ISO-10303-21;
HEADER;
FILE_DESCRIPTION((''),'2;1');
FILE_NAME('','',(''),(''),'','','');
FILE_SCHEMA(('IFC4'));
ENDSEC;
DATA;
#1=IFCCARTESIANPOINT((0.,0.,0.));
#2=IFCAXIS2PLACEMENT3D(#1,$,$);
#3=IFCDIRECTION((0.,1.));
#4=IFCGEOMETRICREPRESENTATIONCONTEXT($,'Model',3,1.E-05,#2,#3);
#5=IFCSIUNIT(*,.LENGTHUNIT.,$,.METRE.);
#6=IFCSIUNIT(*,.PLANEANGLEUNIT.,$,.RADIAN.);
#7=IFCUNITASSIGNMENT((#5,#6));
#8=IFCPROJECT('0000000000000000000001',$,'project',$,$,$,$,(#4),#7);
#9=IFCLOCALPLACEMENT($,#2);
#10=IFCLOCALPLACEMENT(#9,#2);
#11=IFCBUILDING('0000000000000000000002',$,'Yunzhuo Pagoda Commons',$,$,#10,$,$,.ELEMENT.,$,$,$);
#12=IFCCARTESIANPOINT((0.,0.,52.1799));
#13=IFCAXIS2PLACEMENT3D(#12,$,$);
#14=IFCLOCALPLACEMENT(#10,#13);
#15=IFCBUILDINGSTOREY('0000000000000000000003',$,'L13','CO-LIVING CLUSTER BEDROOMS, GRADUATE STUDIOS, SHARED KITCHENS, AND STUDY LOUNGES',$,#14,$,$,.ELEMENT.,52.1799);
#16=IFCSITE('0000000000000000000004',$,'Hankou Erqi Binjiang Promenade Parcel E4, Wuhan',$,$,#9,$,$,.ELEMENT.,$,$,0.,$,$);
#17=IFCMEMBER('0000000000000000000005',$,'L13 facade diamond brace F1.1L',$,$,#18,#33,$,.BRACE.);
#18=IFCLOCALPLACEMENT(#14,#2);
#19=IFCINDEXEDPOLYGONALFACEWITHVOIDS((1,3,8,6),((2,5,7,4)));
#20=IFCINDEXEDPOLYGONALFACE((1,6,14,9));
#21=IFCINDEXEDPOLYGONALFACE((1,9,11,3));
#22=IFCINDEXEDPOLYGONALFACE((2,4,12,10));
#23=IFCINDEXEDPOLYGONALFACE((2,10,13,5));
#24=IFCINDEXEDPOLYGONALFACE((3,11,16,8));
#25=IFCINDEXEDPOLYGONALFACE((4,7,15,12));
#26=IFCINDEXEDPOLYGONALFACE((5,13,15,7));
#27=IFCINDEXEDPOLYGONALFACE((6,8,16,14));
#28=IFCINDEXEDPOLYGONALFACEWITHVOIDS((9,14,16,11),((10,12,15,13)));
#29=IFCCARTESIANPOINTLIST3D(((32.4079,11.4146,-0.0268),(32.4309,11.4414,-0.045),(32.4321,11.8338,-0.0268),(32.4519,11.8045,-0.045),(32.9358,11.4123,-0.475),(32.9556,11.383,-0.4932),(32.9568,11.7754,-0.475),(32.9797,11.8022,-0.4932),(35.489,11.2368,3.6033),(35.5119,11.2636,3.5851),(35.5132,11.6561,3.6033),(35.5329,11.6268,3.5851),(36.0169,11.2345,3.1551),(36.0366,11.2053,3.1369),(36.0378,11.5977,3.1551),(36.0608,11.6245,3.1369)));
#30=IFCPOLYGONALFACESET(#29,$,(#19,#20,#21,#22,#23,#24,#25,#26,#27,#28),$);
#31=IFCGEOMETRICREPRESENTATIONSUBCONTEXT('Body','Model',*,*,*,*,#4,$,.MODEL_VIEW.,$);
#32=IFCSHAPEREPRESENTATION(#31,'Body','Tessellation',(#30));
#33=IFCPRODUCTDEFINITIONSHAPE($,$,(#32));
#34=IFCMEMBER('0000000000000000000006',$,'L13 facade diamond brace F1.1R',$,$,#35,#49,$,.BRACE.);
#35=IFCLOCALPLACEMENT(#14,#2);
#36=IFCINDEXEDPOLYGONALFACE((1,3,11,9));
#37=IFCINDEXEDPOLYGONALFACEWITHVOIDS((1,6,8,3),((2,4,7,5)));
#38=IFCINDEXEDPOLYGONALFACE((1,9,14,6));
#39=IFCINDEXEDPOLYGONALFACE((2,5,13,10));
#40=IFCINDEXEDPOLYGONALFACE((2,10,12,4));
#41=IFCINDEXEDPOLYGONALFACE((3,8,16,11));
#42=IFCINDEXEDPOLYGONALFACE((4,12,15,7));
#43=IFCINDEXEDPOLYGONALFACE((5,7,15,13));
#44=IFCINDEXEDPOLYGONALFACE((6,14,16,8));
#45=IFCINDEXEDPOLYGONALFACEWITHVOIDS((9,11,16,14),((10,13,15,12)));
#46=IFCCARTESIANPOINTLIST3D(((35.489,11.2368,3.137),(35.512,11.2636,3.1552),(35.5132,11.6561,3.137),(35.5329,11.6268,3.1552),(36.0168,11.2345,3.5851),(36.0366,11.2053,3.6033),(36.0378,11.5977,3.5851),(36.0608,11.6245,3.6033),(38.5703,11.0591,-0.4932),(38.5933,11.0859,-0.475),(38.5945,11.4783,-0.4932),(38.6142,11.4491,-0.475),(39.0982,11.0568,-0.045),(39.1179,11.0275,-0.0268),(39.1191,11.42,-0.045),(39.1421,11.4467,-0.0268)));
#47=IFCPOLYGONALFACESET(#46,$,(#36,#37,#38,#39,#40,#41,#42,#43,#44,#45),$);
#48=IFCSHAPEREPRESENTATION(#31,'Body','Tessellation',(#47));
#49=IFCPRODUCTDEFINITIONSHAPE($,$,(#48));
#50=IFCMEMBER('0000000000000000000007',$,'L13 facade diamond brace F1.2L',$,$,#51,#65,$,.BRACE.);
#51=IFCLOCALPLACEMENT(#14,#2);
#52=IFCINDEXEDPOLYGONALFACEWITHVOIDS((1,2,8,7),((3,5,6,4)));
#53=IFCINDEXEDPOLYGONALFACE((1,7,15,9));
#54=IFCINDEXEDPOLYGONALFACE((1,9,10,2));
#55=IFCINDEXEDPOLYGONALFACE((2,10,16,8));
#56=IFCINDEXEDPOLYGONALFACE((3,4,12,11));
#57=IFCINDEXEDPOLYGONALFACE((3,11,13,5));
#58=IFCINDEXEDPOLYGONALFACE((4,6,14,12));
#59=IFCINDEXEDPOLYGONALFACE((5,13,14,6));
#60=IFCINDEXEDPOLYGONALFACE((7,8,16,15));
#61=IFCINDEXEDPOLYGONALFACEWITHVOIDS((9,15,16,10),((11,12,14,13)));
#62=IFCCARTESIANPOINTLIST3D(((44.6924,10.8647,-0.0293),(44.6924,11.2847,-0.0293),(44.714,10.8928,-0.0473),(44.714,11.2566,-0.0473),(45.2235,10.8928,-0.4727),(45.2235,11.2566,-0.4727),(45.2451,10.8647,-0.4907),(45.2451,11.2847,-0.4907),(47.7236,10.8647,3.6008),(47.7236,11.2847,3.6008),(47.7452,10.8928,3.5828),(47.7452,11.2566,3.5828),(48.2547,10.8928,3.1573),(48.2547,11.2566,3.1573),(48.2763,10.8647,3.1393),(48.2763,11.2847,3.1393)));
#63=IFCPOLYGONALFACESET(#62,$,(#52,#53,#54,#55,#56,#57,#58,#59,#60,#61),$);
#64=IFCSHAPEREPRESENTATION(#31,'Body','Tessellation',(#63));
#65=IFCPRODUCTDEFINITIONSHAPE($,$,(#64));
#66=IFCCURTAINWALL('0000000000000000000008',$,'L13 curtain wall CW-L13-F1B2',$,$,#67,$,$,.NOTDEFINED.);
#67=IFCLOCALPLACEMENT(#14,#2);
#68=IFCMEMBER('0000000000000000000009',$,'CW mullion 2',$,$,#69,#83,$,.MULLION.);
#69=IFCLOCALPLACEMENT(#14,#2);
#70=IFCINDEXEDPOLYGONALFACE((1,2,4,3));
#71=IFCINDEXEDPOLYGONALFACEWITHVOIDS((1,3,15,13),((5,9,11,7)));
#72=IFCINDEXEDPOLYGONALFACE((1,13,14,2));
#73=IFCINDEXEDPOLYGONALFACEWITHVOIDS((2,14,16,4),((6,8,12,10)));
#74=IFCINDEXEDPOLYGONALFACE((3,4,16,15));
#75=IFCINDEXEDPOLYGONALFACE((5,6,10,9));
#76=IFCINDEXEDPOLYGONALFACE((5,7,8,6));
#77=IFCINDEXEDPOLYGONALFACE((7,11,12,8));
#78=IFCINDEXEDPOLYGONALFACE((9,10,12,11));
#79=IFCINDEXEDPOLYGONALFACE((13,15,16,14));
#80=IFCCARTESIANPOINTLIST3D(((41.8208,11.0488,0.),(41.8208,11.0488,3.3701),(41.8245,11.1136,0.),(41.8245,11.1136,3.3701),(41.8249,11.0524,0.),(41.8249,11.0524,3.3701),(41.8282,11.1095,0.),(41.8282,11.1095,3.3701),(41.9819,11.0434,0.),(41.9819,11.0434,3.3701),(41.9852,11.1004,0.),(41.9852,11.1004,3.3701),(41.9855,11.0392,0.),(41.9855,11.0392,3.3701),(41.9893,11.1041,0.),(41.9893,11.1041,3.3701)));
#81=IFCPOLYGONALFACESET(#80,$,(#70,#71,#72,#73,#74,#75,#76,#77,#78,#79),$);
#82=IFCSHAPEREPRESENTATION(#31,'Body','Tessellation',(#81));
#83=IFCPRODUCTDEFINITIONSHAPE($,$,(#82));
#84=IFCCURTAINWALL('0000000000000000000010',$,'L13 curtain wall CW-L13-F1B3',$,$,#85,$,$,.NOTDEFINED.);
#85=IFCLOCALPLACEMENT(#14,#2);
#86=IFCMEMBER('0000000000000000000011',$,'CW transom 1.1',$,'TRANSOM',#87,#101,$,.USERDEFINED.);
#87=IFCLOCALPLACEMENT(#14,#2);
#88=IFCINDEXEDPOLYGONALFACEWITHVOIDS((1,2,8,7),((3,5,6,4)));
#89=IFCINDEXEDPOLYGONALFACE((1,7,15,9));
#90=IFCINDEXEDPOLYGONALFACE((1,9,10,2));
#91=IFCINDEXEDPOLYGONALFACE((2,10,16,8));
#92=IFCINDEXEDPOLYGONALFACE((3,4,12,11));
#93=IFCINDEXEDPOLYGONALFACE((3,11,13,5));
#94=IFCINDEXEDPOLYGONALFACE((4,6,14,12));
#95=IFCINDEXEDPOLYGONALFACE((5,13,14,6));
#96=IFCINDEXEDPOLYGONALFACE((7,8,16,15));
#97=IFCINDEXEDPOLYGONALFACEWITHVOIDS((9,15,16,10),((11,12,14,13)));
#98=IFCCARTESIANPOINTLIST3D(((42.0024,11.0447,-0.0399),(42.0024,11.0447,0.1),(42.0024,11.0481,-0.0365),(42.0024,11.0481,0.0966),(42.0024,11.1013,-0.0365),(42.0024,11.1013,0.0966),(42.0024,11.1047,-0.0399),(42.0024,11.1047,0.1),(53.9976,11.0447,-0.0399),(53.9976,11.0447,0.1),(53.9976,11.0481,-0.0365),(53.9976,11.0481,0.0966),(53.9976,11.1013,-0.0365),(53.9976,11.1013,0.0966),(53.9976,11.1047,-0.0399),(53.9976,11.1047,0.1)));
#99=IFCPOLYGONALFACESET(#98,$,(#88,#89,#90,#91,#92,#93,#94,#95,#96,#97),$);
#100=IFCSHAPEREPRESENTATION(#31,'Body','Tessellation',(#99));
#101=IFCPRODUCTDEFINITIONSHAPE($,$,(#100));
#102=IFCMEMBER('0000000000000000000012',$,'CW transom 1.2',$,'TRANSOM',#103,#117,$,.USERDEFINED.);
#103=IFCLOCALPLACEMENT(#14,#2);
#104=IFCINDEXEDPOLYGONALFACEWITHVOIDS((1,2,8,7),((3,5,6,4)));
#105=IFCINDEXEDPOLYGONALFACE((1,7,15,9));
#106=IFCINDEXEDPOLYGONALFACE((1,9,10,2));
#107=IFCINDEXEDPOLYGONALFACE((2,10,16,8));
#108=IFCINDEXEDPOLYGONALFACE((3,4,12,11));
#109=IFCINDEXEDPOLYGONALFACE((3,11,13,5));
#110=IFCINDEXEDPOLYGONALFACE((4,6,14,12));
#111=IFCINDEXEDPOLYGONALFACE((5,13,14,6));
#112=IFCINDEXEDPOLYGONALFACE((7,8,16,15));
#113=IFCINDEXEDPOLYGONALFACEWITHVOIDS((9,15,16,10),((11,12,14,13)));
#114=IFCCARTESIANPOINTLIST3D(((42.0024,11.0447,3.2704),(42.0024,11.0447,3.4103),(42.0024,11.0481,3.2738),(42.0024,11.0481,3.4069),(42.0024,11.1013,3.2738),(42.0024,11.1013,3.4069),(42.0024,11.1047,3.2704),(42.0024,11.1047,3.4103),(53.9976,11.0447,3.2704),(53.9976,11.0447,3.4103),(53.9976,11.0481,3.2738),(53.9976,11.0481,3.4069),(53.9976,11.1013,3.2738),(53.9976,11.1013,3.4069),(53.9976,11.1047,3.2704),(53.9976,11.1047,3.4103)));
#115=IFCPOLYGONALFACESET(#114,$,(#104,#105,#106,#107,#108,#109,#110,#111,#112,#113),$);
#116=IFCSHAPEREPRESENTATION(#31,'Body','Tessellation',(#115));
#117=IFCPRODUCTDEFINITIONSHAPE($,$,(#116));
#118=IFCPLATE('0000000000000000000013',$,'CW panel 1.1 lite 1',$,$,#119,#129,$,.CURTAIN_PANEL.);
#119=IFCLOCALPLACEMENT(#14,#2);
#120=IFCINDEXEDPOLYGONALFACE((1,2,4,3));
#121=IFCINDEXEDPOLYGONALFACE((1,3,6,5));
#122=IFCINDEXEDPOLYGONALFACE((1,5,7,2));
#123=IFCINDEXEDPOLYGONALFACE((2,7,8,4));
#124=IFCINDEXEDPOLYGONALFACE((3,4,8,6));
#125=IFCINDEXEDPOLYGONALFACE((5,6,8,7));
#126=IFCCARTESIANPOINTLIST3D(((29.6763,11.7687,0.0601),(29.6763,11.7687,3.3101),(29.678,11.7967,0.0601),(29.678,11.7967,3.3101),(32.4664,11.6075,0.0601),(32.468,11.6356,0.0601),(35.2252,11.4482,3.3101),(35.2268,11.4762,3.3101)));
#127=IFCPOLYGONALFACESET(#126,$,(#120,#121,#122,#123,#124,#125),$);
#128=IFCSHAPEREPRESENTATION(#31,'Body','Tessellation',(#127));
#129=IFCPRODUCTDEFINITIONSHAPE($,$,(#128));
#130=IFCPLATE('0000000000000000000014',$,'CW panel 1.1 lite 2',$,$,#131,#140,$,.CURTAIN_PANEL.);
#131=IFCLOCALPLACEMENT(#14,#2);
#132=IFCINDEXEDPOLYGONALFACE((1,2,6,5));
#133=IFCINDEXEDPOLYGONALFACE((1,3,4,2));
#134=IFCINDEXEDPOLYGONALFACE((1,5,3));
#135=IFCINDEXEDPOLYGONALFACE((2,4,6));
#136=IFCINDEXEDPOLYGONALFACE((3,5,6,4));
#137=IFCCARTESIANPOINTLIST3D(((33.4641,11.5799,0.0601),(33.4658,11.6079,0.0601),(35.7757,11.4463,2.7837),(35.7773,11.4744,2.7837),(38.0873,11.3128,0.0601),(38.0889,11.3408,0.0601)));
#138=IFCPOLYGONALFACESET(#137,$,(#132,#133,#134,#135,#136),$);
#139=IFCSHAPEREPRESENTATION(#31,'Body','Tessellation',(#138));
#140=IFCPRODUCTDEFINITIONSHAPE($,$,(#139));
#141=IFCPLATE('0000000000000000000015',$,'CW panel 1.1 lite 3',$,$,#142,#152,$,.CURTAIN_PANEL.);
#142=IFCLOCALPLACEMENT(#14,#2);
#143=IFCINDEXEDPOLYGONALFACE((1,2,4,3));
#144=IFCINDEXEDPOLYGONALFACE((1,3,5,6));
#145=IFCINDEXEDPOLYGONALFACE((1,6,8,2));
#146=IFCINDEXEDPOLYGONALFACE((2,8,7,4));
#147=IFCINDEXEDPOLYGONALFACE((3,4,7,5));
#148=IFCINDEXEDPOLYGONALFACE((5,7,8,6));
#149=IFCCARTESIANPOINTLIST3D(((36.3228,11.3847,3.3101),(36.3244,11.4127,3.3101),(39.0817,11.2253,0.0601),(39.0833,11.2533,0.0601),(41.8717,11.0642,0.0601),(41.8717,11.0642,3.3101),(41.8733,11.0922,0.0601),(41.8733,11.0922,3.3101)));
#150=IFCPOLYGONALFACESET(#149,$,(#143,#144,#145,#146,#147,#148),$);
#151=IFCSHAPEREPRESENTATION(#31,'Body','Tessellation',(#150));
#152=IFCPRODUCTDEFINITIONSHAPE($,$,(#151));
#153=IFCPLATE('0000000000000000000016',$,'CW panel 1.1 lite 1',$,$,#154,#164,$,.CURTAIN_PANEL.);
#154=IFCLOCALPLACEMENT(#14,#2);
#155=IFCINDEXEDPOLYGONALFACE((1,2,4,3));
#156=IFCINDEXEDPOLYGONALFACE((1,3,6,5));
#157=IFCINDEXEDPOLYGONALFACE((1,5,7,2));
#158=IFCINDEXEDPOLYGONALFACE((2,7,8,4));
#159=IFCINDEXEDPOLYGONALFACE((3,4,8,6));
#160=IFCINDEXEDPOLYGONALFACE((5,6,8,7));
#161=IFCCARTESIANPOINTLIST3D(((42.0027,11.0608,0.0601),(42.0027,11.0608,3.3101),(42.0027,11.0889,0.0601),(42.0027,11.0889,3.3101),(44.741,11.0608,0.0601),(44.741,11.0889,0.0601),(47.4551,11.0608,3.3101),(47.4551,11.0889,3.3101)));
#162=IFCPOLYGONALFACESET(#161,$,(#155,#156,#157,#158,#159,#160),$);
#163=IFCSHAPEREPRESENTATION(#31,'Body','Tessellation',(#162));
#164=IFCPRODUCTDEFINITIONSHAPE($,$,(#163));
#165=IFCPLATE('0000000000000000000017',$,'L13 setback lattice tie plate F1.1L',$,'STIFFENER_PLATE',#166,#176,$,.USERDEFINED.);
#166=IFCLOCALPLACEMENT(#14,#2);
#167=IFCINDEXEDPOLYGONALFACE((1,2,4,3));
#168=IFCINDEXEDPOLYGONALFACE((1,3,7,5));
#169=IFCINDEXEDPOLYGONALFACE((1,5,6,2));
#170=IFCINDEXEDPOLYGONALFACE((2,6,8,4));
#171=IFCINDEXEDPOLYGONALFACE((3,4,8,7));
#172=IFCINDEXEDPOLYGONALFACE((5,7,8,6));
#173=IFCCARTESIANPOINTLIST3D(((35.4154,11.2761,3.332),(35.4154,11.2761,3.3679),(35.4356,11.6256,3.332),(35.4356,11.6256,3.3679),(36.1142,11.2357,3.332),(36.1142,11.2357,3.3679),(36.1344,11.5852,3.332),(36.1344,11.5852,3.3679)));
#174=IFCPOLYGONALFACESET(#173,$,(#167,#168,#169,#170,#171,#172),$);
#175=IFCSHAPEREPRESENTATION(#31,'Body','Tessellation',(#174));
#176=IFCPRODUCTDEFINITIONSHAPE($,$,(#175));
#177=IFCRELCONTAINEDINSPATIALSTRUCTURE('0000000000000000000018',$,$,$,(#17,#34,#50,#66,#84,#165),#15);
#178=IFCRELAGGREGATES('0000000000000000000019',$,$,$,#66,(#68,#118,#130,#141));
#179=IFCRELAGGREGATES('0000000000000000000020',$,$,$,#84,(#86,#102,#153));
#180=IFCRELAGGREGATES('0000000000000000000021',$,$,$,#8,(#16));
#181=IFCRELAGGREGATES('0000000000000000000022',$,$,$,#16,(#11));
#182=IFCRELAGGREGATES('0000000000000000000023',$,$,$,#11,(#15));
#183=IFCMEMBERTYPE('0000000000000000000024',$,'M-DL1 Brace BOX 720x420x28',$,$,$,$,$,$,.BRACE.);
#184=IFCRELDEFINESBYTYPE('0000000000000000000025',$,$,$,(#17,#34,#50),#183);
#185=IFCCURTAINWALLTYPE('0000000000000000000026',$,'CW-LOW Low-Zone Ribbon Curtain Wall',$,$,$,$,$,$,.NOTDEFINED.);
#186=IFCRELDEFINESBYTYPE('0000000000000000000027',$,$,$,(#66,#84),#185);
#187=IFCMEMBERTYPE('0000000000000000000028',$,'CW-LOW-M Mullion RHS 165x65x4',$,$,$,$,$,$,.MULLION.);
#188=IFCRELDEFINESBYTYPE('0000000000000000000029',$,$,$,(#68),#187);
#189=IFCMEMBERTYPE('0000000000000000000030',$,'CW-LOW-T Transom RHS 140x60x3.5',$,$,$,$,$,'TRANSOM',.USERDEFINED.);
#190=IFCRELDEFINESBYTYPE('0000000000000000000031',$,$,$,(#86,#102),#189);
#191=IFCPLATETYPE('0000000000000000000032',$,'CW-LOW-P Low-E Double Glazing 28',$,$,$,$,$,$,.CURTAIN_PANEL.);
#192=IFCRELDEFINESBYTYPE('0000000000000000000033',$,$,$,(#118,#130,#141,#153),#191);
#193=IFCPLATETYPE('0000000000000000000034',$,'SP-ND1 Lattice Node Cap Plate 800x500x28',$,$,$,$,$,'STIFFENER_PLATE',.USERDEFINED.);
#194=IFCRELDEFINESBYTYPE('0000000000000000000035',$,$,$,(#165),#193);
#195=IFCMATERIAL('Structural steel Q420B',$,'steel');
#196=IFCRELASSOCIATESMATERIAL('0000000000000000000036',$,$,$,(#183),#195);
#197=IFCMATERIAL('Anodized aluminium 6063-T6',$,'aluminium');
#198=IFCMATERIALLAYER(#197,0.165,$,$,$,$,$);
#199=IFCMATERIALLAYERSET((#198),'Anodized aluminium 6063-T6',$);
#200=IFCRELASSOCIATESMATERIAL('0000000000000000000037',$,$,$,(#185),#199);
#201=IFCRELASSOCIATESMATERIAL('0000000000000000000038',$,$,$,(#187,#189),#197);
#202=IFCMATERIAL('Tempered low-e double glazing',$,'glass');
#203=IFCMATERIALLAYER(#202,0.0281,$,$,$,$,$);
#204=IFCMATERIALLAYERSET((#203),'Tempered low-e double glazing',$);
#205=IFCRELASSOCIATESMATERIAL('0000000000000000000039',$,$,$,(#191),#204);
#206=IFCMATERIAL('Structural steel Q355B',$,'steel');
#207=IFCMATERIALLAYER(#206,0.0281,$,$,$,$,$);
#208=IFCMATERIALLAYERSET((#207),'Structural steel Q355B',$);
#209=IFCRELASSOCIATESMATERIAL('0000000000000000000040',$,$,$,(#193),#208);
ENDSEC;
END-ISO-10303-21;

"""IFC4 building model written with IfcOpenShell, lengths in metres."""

from ifc_helpers import new_model, si_unit, direction, frame, origin, origin_2d, place, context, subcontext, project, spatial, polyline, rectangle, hollow_rectangle, outline, extrude, source, transform, mapped, material, layer, layer_set, material_profile, profile_set, type_object, element, aggregate, save


model = new_model("IFC4")

# Units and contexts
model_context = context("Model", 3, precision=1e-05, world=origin(), true_north=direction((0.0, 1.0)))
body_context = subcontext(model_context, "Body", "Model", "MODEL_VIEW")
ifc_project = project(units=[si_unit("LENGTHUNIT", "METRE"), si_unit("PLANEANGLEUNIT", "RADIAN")], contexts=[model_context])

# Site, building, storey
site_placement = place(None, origin())
site = spatial("IfcSite", under=ifc_project, at=site_placement, Name="Hankou Erqi Binjiang Promenade Parcel E4, Wuhan", CompositionType="ELEMENT", RefElevation=0.0)
building_placement = place(site_placement, origin())
building = spatial("IfcBuilding", under=site, at=building_placement, Name="Yunzhuo Pagoda Commons", CompositionType="ELEMENT")
storey_placement = place(building_placement, frame((0.0, 0.0, 52.1799)))
storey = spatial("IfcBuildingStorey", under=building, at=storey_placement, Name="L13", Description="CO-LIVING CLUSTER BEDROOMS, GRADUATE STUDIOS, SHARED KITCHENS, AND STUDY LOUNGES", CompositionType="ELEMENT", Elevation=52.1799)

# Shared definitions
ifc_material_1 = material(Name="Structural steel Q420B", Category="steel")

# Shared definitions
ifc_material_2 = material(Name="Structural steel Q355B", Category="steel")

# Members
ifc_material_profile_1 = material_profile(ifc_material_1, hollow_rectangle(XDim=0.4199, YDim=0.72, WallThickness=0.0281, at=origin_2d()), Name="Structural steel Q420B")
ifc_profile_set_1 = profile_set([ifc_material_profile_1], Name="Structural steel Q420B")
member_type_1 = type_object("IfcMemberType", Name="M-DL1 Brace BOX 720x420x28", PredefinedType="BRACE", material=ifc_profile_set_1)
shared_shape_1 = source(origin(), body_context, "Body", "SweptSolid", [
    extrude(hollow_rectangle(XDim=0.4199, YDim=0.72, WallThickness=0.0281, at=origin_2d()), origin(), (0.0, 0.0, 1.0), 4.7646),
])
member_1_placement = place(storey_placement, frame((32.6938, 11.6084, -0.26), z_axis=(0.646643, -0.037302, 0.76188), x_axis=(0.05759, 0.99834, 0.0)))
element("IfcMember", 1, at=member_1_placement, inside=storey, type_object=member_type_1, Name="L13 facade diamond brace F1.1L", PredefinedType="BRACE", context=body_context, shape_type="MappedRepresentation", body=[
    mapped(shared_shape_1, transform((0.0, 0.0, 0.0), scale=1.0)),
])
shared_shape_2 = source(origin(), body_context, "Body", "SweptSolid", [
    extrude(hollow_rectangle(XDim=0.4199, YDim=0.72, WallThickness=0.0281, at=origin_2d()), origin(), (0.0, 0.0, 1.0), 4.7649),
])
member_2_placement = place(storey_placement, frame((38.8562, 11.2529, -0.26), z_axis=(-0.646673, 0.037301, 0.761855), x_axis=(-0.057586, -0.998341, 0.0)))
element("IfcMember", 2, at=member_2_placement, inside=storey, type_object=member_type_1, Name="L13 facade diamond brace F1.1R", PredefinedType="BRACE", context=body_context, shape_type="MappedRepresentation", body=[
    mapped(shared_shape_2, transform((0.0, 0.0, 0.0), scale=1.0)),
])
shared_shape_3 = source(origin(), body_context, "Body", "SweptSolid", [
    extrude(hollow_rectangle(XDim=0.4199, YDim=0.72, WallThickness=0.0281, at=origin_2d()), origin(), (0.0, 0.0, 1.0), 4.7292),
])
member_3_placement = place(storey_placement, frame((44.9688, 11.0747, -0.26), z_axis=(0.640951, 0.0, 0.767582), x_axis=(0.0, 1.0, 0.0)))
element("IfcMember", 3, at=member_3_placement, inside=storey, type_object=member_type_1, Name="L13 facade diamond brace F1.2L", PredefinedType="BRACE", context=body_context, shape_type="MappedRepresentation", body=[
    mapped(shared_shape_3, transform((0.0, 0.0, 0.0), scale=1.0)),
])

# Curtain wall, member
ifc_material_3 = material(Name="Anodized aluminium 6063-T6", Category="aluminium")
ifc_layer_1 = layer(ifc_material_3, 0.165)
ifc_layer_set_1 = layer_set([ifc_layer_1], Name="Anodized aluminium 6063-T6")
curtain_wall_type = type_object("IfcCurtainWallType", Name="CW-LOW Low-Zone Ribbon Curtain Wall", PredefinedType="NOTDEFINED", material=ifc_layer_set_1)
curtain_wall_1_placement = place(storey_placement, origin())
curtain_wall_1 = element("IfcCurtainWall", 4, at=curtain_wall_1_placement, inside=storey, type_object=curtain_wall_type, Name="L13 curtain wall CW-L13-F1B2", PredefinedType="NOTDEFINED")
ifc_material_profile_2 = material_profile(ifc_material_3, hollow_rectangle(XDim=0.0649, YDim=0.165, WallThickness=0.0039, at=origin_2d()), Name="Anodized aluminium 6063-T6")
ifc_profile_set_2 = profile_set([ifc_material_profile_2], Name="Anodized aluminium 6063-T6")
member_type_2 = type_object("IfcMemberType", Name="CW-LOW-M Mullion RHS 165x65x4", PredefinedType="MULLION", material=ifc_profile_set_2)
shared_shape_4 = source(origin(), body_context, "Body", "SweptSolid", [
    extrude(hollow_rectangle(XDim=0.0649, YDim=0.165, WallThickness=0.0039, at=origin_2d()), origin(), (0.0, 0.0, 1.0), 3.3701),
])
member_4_placement = place(storey_placement, frame((41.905, 11.0764, 0.0), z_axis=(0.0, 0.0, 1.0), x_axis=(0.057664, 0.998336, 0.0)))
member_4 = element("IfcMember", 5, at=member_4_placement, type_object=member_type_2, Name="CW mullion 2", PredefinedType="MULLION", context=body_context, shape_type="MappedRepresentation", body=[
    mapped(shared_shape_4, transform((0.0, 0.0, 0.0), scale=1.0)),
])

# Curtain wall, members
curtain_wall_2_placement = place(storey_placement, origin())
curtain_wall_2 = element("IfcCurtainWall", 6, at=curtain_wall_2_placement, inside=storey, type_object=curtain_wall_type, Name="L13 curtain wall CW-L13-F1B3", PredefinedType="NOTDEFINED")
ifc_material_profile_3 = material_profile(ifc_material_3, hollow_rectangle(XDim=0.0601, YDim=0.1399, WallThickness=0.0034, at=origin_2d()), Name="Anodized aluminium 6063-T6")
ifc_profile_set_3 = profile_set([ifc_material_profile_3], Name="Anodized aluminium 6063-T6")
member_type_3 = type_object("IfcMemberType", Name="CW-LOW-T Transom RHS 140x60x3.5", ElementType="TRANSOM", PredefinedType="USERDEFINED", material=ifc_profile_set_3)
shared_shape_5 = source(origin(), body_context, "Body", "SweptSolid", [
    extrude(hollow_rectangle(XDim=0.0601, YDim=0.1399, WallThickness=0.0034, at=origin_2d()), origin(), (0.0, 0.0, 1.0), 11.9951),
])
member_5_placement = place(storey_placement, frame((42.0024, 11.0747, 0.03), z_axis=(1.0, 0.0, 0.0), x_axis=(0.0, 1.0, 0.0)))
member_5 = element("IfcMember", 7, at=member_5_placement, type_object=member_type_3, Name="CW transom 1.1", ObjectType="TRANSOM", PredefinedType="USERDEFINED", context=body_context, shape_type="MappedRepresentation", body=[
    mapped(shared_shape_5, transform((0.0, 0.0, 0.0), scale=1.0)),
])
member_6_placement = place(storey_placement, frame((42.0024, 11.0747, 3.3403), z_axis=(1.0, 0.0, 0.0), x_axis=(0.0, 1.0, 0.0)))
member_6 = element("IfcMember", 8, at=member_6_placement, type_object=member_type_3, Name="CW transom 1.2", ObjectType="TRANSOM", PredefinedType="USERDEFINED", context=body_context, shape_type="MappedRepresentation", body=[
    mapped(shared_shape_5, transform((0.0, 0.0, 0.0), scale=1.0)),
])

# Plates
ifc_material_4 = material(Name="Tempered low-e double glazing", Category="glass")
ifc_layer_2 = layer(ifc_material_4, 0.0281)
ifc_layer_set_2 = layer_set([ifc_layer_2], Name="Tempered low-e double glazing")
plate_type_1 = type_object("IfcPlateType", Name="CW-LOW-P Low-E Double Glazing 28", PredefinedType="CURTAIN_PANEL", material=ifc_layer_set_2)
plate_1_placement = place(storey_placement, frame((32.4524, 11.6365, 1.6851), z_axis=(-0.057664, -0.998336, 0.0), x_axis=(0.998336, -0.057664, 0.0)))
plate_1 = element("IfcPlate", 9, at=plate_1_placement, type_object=plate_type_1, Name="CW panel 1.1 lite 1", PredefinedType="CURTAIN_PANEL", context=body_context, shape_type="SweptSolid", body=[
    extrude(outline(polyline([(-2.7791, -1.625), (0.0156, -1.625), (2.7791, 1.625), (-2.7791, 1.625), (-2.7791, -1.625)])), origin(), (0.0, 0.0, 1.0), 0.0281),
])
plate_2_placement = place(storey_placement, frame((35.7773, 11.4744, 1.4219), z_axis=(-0.057664, -0.998336, 0.0), x_axis=(0.998336, -0.057664, 0.0)))
plate_2 = element("IfcPlate", 10, at=plate_2_placement, type_object=plate_type_1, Name="CW panel 1.1 lite 2", PredefinedType="CURTAIN_PANEL", context=body_context, shape_type="SweptSolid", body=[
    extrude(outline(polyline([(-2.3154, -1.3618), (2.3154, -1.3618), (0.0, 1.3618), (-2.3154, -1.3618)])), origin(), (0.0, 0.0, 1.0), 0.0281),
])
plate_3_placement = place(storey_placement, frame((39.0989, 11.2524, 1.6851), z_axis=(-0.057664, -0.998336, 0.0), x_axis=(0.998336, -0.057664, 0.0)))
plate_3 = element("IfcPlate", 11, at=plate_3_placement, type_object=plate_type_1, Name="CW panel 1.1 lite 3", PredefinedType="CURTAIN_PANEL", context=body_context, shape_type="SweptSolid", body=[
    extrude(outline(polyline([(-2.7791, 1.625), (-0.0156, -1.625), (2.7791, -1.625), (2.7791, 1.625), (-2.7791, 1.625)])), origin(), (0.0, 0.0, 1.0), 0.0281),
])
aggregate(curtain_wall_1, [member_4, plate_1, plate_2, plate_3])
plate_4_placement = place(storey_placement, frame((44.7288, 11.0889, 1.6851), z_axis=(0.0, -1.0, 0.0), x_axis=(1.0, 0.0, 0.0)))
plate_4 = element("IfcPlate", 12, at=plate_4_placement, type_object=plate_type_1, Name="CW panel 1.1 lite 1", PredefinedType="CURTAIN_PANEL", context=body_context, shape_type="SweptSolid", body=[
    extrude(outline(polyline([(-2.7261, -1.625), (0.0122, -1.625), (2.7263, 1.625), (-2.7261, 1.625), (-2.7261, -1.625)])), origin(), (0.0, 0.0, 1.0), 0.0281),
])
aggregate(curtain_wall_2, [member_5, member_6, plate_4])
ifc_layer_3 = layer(ifc_material_2, 0.0281)
ifc_layer_set_3 = layer_set([ifc_layer_3], Name="Structural steel Q355B")
plate_type_2 = type_object("IfcPlateType", Name="SP-ND1 Lattice Node Cap Plate 800x500x28", ElementType="STIFFENER_PLATE", PredefinedType="USERDEFINED", material=ifc_layer_set_3)
shared_shape_6 = source(origin(), body_context, "Body", "SweptSolid", [
    extrude(rectangle(XDim=0.7, YDim=0.3501, at=origin_2d()), origin(), (0.0, 0.0, 1.0), 0.0359),
])
plate_5_placement = place(storey_placement, frame((35.7749, 11.4307, 3.332), z_axis=(0.0, 0.0, 1.0), x_axis=(0.998336, -0.057669, 0.0)))
element("IfcPlate", 13, at=plate_5_placement, inside=storey, type_object=plate_type_2, Name="L13 setback lattice tie plate F1.1L", ObjectType="STIFFENER_PLATE", PredefinedType="USERDEFINED", context=body_context, shape_type="MappedRepresentation", body=[
    mapped(shared_shape_6, transform((0.0, 0.0, 0.0), scale=1.0)),
])

save(model, "model.ifc")
